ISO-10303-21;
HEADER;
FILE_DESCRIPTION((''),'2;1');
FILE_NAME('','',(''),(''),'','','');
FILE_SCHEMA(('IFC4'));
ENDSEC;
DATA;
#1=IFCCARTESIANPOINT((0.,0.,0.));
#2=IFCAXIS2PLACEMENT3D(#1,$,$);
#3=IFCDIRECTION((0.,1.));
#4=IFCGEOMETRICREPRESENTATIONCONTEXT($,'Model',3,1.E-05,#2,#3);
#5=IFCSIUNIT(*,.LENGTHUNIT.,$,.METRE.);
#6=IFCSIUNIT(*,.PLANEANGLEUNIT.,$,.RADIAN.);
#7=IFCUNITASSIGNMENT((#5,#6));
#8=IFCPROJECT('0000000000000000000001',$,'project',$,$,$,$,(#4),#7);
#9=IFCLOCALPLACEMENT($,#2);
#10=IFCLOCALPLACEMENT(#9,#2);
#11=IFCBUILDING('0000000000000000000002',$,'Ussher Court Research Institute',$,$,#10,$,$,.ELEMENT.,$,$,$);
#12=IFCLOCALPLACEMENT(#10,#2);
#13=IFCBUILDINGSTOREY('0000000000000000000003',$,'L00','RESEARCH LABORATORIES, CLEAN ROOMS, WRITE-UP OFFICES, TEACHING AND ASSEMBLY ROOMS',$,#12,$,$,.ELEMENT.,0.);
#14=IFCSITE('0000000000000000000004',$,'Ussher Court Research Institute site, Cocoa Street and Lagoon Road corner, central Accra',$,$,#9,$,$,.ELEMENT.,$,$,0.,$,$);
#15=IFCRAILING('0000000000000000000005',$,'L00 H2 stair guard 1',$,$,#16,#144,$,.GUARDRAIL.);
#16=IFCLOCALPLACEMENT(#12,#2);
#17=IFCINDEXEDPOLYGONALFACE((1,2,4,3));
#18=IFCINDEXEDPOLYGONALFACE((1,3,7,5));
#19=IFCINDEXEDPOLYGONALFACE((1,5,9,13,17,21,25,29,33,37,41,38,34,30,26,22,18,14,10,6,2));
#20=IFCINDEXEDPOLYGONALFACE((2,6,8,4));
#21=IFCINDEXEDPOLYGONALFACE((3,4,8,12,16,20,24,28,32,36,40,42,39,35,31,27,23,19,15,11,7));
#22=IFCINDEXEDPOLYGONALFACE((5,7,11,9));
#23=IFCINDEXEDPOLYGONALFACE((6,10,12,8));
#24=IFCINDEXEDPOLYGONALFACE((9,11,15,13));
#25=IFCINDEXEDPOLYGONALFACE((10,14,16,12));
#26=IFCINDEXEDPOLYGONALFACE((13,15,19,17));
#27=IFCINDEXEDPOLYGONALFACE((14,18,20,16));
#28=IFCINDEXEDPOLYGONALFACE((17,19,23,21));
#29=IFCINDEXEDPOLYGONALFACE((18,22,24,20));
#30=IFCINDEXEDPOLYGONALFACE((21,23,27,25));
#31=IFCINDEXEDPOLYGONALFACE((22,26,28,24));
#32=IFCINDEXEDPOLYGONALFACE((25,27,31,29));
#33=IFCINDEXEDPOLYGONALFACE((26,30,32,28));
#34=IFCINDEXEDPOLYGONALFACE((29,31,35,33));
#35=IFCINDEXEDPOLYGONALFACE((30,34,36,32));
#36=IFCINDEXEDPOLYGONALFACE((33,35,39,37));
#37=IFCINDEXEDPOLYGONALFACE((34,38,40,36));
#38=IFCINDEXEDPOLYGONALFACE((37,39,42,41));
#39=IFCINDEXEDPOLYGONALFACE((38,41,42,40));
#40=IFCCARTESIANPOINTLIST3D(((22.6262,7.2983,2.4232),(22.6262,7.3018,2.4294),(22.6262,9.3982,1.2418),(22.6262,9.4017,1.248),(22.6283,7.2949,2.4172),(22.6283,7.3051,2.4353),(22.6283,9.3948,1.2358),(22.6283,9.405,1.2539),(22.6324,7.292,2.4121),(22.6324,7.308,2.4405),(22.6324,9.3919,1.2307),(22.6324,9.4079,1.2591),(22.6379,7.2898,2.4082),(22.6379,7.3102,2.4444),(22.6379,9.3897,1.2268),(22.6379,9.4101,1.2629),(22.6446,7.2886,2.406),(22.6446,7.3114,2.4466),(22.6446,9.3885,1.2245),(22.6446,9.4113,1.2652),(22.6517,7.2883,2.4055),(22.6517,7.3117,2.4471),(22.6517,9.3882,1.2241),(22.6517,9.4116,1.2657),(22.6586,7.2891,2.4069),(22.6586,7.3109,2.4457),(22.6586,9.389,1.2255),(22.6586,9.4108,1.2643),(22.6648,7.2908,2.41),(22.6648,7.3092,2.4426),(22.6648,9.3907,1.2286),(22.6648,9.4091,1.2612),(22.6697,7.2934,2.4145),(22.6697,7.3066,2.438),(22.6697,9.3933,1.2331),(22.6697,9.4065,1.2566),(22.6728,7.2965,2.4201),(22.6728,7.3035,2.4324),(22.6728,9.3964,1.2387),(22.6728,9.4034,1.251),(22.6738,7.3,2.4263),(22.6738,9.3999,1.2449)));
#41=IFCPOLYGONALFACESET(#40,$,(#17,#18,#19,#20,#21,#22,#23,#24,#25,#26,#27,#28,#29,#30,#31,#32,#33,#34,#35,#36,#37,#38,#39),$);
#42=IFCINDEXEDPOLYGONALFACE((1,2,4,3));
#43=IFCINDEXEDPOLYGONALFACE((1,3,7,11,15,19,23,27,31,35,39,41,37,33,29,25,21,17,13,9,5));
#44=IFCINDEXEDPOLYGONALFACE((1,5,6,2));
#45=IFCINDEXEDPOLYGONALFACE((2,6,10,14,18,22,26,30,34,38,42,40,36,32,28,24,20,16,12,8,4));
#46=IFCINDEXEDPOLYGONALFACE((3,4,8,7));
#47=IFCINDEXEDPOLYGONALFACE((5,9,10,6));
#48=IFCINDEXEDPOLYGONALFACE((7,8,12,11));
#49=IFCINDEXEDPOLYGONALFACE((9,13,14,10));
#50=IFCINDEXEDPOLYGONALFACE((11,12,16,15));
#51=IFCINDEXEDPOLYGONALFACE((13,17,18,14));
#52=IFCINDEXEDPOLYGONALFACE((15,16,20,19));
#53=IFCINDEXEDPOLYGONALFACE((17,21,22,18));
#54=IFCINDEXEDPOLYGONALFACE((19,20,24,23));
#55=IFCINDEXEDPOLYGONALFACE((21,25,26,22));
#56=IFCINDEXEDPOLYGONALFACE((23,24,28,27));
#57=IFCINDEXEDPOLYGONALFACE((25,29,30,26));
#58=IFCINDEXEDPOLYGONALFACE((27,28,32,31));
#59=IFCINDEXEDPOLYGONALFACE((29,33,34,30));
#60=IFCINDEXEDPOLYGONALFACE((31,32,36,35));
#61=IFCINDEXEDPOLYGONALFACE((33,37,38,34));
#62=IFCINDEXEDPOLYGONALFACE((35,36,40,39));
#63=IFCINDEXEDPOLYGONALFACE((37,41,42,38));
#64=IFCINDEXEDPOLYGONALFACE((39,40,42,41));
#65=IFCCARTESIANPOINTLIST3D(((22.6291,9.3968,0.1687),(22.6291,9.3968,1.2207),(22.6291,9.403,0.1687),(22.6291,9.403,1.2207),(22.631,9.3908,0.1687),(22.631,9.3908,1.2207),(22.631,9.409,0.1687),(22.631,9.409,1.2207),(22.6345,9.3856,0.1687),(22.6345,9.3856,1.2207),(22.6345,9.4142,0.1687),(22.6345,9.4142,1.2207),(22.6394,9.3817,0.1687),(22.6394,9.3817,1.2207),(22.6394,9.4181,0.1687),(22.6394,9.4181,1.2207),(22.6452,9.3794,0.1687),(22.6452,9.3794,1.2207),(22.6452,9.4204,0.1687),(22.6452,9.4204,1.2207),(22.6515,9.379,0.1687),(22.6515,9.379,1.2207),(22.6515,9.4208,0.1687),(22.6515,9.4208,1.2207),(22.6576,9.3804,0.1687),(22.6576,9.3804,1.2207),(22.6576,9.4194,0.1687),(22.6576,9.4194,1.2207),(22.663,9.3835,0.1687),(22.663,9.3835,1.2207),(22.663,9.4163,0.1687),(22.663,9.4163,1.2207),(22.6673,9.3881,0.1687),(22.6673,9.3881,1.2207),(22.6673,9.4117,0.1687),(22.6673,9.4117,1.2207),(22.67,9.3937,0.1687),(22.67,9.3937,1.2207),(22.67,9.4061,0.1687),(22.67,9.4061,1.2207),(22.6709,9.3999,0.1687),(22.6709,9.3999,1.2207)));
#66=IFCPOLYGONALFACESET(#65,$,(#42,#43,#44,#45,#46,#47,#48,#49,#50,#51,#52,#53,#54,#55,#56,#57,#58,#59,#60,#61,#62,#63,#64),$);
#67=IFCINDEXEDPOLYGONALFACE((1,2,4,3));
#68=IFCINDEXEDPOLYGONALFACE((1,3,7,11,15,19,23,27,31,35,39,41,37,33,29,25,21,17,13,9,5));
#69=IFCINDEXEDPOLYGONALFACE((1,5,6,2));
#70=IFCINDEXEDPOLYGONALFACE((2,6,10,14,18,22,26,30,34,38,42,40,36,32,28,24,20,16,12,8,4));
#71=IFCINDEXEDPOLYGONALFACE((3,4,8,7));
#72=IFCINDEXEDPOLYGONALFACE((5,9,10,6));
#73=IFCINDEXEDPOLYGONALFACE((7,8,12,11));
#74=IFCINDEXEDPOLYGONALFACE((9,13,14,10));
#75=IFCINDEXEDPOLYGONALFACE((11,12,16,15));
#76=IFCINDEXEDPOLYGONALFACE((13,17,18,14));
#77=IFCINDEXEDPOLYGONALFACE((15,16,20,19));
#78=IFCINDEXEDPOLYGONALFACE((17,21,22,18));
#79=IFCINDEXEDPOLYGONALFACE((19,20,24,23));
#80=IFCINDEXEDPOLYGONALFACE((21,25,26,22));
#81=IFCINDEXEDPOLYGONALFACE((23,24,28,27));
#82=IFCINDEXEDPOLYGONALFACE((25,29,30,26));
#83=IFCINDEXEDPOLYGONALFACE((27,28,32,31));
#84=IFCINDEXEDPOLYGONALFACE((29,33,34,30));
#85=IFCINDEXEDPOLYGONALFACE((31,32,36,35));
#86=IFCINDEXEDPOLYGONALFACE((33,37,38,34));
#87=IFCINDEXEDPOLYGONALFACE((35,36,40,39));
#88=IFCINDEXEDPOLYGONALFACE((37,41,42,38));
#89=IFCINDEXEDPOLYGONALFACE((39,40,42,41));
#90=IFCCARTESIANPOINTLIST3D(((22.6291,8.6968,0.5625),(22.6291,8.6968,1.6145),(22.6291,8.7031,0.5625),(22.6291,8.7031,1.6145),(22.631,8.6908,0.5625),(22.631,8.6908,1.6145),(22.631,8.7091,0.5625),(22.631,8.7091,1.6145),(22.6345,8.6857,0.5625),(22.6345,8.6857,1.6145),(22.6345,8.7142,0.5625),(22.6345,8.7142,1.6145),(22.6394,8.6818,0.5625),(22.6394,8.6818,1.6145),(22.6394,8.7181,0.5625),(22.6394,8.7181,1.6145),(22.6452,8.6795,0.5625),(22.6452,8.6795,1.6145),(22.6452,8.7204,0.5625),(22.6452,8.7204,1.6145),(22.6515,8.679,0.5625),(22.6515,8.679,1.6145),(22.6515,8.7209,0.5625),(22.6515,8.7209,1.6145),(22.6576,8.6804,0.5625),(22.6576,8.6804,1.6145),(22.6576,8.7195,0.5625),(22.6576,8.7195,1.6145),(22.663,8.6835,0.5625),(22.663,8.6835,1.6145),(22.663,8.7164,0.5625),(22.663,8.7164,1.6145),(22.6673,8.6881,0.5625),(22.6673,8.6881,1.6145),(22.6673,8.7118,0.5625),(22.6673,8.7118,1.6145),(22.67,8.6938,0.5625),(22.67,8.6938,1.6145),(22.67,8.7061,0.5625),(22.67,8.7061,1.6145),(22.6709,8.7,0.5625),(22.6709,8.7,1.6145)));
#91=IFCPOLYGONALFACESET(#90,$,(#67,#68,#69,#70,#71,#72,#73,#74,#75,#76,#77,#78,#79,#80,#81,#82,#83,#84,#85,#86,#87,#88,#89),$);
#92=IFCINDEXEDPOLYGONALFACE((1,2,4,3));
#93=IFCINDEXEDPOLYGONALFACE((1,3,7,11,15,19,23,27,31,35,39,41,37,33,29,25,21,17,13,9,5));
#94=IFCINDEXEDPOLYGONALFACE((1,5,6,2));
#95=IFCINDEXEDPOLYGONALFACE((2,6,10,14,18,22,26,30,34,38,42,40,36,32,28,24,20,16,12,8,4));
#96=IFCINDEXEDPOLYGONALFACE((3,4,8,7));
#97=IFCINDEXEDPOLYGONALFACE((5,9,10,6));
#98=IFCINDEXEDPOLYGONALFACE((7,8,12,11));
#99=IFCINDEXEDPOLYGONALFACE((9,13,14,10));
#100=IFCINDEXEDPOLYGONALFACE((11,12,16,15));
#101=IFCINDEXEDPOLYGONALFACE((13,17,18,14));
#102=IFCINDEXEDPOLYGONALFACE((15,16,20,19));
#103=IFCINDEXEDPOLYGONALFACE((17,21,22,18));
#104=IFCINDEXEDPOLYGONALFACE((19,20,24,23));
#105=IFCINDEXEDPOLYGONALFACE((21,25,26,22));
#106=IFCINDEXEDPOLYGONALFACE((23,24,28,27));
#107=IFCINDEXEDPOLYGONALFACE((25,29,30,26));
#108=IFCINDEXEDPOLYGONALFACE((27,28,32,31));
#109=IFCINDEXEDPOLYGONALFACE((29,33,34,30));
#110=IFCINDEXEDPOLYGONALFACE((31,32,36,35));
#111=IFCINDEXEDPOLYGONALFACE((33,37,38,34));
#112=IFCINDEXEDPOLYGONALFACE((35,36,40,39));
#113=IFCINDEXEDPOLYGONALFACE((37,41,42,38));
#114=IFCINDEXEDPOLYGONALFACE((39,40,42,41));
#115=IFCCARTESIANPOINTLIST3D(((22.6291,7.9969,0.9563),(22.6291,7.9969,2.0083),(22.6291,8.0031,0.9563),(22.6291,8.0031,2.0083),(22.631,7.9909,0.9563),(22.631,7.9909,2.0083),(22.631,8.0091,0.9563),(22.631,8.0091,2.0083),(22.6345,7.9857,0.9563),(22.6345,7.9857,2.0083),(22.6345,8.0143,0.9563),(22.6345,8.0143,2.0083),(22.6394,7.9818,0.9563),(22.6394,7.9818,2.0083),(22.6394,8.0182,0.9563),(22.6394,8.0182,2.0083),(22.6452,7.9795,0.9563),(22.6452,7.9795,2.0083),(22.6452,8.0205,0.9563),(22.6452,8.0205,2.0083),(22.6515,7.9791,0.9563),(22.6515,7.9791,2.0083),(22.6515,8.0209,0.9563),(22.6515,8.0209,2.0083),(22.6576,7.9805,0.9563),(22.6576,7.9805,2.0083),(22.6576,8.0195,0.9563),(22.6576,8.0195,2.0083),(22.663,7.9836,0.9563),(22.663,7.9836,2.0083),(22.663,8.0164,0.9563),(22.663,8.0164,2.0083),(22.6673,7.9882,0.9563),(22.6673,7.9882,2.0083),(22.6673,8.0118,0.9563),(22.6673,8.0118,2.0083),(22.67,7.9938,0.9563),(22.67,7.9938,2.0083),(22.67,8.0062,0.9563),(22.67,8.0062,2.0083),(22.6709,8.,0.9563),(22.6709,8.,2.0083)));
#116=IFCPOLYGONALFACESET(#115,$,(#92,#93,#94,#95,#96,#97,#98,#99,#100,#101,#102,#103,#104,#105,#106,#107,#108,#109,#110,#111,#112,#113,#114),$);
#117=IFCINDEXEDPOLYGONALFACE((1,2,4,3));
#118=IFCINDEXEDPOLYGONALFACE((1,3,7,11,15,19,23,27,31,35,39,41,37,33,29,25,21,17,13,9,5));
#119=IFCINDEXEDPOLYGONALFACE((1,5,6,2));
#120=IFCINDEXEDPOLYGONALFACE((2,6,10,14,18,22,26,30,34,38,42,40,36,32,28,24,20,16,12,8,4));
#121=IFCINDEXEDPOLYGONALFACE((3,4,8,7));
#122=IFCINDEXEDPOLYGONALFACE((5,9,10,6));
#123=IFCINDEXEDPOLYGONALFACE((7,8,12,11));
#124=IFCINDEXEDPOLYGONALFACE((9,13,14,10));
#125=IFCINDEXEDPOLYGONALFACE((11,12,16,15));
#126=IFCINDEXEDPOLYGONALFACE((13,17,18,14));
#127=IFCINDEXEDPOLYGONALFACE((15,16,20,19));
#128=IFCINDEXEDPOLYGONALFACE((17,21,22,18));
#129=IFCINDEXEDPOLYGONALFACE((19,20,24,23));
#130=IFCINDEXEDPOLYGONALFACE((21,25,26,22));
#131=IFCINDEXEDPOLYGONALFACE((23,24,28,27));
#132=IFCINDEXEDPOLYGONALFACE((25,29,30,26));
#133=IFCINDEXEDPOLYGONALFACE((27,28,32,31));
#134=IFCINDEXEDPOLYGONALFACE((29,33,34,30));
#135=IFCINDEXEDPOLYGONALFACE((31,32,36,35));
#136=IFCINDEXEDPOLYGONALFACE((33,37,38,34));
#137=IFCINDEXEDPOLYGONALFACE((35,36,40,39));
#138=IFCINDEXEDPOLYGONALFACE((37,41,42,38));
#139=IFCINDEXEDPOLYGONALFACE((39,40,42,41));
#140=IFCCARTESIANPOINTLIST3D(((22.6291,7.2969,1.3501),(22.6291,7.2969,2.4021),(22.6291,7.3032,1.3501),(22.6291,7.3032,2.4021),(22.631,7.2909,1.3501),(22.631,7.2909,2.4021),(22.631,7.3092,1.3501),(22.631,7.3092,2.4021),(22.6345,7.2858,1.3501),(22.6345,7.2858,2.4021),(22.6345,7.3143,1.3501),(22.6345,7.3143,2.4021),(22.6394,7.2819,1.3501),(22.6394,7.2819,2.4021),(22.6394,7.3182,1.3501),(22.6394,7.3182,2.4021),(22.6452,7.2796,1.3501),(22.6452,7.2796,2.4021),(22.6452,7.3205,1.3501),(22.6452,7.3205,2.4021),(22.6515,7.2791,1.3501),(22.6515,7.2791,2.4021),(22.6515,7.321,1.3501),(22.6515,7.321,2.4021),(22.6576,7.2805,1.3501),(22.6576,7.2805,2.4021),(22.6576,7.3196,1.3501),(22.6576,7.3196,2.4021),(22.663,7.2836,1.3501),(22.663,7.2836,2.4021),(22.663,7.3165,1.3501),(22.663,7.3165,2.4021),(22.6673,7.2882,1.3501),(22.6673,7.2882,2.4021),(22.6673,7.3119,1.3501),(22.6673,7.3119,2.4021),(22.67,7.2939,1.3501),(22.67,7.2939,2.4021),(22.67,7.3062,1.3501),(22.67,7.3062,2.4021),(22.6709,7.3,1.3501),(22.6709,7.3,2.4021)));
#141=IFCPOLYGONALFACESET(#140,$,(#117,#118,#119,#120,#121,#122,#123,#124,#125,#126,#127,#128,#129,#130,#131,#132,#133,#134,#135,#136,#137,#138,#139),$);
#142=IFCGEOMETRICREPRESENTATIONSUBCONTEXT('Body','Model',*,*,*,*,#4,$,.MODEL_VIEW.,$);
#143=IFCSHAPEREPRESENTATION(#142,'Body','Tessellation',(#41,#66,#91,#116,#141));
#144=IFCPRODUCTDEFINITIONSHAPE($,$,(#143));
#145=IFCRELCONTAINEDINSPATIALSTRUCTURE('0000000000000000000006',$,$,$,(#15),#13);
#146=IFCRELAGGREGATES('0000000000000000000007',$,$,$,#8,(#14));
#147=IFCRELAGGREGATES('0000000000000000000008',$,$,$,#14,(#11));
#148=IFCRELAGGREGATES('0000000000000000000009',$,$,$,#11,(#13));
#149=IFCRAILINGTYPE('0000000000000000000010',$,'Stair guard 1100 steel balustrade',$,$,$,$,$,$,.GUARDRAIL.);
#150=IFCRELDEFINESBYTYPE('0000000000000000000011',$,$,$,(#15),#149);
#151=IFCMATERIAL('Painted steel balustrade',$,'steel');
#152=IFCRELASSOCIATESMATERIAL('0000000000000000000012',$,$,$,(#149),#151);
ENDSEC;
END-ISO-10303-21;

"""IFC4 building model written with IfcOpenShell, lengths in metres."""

from ifc_helpers import new_model, si_unit, direction, frame, origin, origin_2d, place, context, subcontext, project, spatial, circle, extrude, material, type_object, element, save


model = new_model("IFC4")

# Units and contexts
model_context = context("Model", 3, precision=1e-05, world=origin(), true_north=direction((0.0, 1.0)))
body_context = subcontext(model_context, "Body", "Model", "MODEL_VIEW")
ifc_project = project(units=[si_unit("LENGTHUNIT", "METRE"), si_unit("PLANEANGLEUNIT", "RADIAN")], contexts=[model_context])

# Site, building, storey
site_placement = place(None, origin())
site = spatial("IfcSite", under=ifc_project, at=site_placement, Name="Ussher Court Research Institute site, Cocoa Street and Lagoon Road corner, central Accra", CompositionType="ELEMENT", RefElevation=0.0)
building_placement = place(site_placement, origin())
building = spatial("IfcBuilding", under=site, at=building_placement, Name="Ussher Court Research Institute", CompositionType="ELEMENT")
storey_placement = place(building_placement, origin())
storey = spatial("IfcBuildingStorey", under=building, at=storey_placement, Name="L00", Description="RESEARCH LABORATORIES, CLEAN ROOMS, WRITE-UP OFFICES, TEACHING AND ASSEMBLY ROOMS", CompositionType="ELEMENT", Elevation=0.0)

# Railing
ifc_material_1 = material(Name="Painted steel balustrade", Category="steel")
railing_type_1 = type_object("IfcRailingType", Name="Stair guard 1100 steel balustrade", PredefinedType="GUARDRAIL", material=ifc_material_1)
railing_1_placement = place(storey_placement, frame((22.6499, 9.3999, 0.1687)))
element("IfcRailing", 1, at=railing_1_placement, inside=storey, type_object=railing_type_1, Name="L00 H2 stair guard 1", PredefinedType="GUARDRAIL", context=body_context, shape_type="SweptSolid", body=[
    extrude(circle(Radius=0.0239, at=origin_2d()), frame((0.0, 0.0, 1.0762), z_axis=(0.0, -0.871535, 0.490333), x_axis=(1.0, 0.0, 0.0)), (0.0, 0.0, 1.0), 2.4094),
    extrude(circle(Radius=0.021, at=origin_2d()), origin(), (0.0, 0.0, 1.0), 1.052),
    extrude(circle(Radius=0.021, at=origin_2d()), frame((0.0, -0.7, 0.3938)), (0.0, 0.0, 1.0), 1.052),
    extrude(circle(Radius=0.021, at=origin_2d()), frame((0.0, -1.3999, 0.7876)), (0.0, 0.0, 1.0), 1.052),
    extrude(circle(Radius=0.021, at=origin_2d()), frame((0.0, -2.0999, 1.1814)), (0.0, 0.0, 1.0), 1.052),
])

save(model, "model.ifc")
